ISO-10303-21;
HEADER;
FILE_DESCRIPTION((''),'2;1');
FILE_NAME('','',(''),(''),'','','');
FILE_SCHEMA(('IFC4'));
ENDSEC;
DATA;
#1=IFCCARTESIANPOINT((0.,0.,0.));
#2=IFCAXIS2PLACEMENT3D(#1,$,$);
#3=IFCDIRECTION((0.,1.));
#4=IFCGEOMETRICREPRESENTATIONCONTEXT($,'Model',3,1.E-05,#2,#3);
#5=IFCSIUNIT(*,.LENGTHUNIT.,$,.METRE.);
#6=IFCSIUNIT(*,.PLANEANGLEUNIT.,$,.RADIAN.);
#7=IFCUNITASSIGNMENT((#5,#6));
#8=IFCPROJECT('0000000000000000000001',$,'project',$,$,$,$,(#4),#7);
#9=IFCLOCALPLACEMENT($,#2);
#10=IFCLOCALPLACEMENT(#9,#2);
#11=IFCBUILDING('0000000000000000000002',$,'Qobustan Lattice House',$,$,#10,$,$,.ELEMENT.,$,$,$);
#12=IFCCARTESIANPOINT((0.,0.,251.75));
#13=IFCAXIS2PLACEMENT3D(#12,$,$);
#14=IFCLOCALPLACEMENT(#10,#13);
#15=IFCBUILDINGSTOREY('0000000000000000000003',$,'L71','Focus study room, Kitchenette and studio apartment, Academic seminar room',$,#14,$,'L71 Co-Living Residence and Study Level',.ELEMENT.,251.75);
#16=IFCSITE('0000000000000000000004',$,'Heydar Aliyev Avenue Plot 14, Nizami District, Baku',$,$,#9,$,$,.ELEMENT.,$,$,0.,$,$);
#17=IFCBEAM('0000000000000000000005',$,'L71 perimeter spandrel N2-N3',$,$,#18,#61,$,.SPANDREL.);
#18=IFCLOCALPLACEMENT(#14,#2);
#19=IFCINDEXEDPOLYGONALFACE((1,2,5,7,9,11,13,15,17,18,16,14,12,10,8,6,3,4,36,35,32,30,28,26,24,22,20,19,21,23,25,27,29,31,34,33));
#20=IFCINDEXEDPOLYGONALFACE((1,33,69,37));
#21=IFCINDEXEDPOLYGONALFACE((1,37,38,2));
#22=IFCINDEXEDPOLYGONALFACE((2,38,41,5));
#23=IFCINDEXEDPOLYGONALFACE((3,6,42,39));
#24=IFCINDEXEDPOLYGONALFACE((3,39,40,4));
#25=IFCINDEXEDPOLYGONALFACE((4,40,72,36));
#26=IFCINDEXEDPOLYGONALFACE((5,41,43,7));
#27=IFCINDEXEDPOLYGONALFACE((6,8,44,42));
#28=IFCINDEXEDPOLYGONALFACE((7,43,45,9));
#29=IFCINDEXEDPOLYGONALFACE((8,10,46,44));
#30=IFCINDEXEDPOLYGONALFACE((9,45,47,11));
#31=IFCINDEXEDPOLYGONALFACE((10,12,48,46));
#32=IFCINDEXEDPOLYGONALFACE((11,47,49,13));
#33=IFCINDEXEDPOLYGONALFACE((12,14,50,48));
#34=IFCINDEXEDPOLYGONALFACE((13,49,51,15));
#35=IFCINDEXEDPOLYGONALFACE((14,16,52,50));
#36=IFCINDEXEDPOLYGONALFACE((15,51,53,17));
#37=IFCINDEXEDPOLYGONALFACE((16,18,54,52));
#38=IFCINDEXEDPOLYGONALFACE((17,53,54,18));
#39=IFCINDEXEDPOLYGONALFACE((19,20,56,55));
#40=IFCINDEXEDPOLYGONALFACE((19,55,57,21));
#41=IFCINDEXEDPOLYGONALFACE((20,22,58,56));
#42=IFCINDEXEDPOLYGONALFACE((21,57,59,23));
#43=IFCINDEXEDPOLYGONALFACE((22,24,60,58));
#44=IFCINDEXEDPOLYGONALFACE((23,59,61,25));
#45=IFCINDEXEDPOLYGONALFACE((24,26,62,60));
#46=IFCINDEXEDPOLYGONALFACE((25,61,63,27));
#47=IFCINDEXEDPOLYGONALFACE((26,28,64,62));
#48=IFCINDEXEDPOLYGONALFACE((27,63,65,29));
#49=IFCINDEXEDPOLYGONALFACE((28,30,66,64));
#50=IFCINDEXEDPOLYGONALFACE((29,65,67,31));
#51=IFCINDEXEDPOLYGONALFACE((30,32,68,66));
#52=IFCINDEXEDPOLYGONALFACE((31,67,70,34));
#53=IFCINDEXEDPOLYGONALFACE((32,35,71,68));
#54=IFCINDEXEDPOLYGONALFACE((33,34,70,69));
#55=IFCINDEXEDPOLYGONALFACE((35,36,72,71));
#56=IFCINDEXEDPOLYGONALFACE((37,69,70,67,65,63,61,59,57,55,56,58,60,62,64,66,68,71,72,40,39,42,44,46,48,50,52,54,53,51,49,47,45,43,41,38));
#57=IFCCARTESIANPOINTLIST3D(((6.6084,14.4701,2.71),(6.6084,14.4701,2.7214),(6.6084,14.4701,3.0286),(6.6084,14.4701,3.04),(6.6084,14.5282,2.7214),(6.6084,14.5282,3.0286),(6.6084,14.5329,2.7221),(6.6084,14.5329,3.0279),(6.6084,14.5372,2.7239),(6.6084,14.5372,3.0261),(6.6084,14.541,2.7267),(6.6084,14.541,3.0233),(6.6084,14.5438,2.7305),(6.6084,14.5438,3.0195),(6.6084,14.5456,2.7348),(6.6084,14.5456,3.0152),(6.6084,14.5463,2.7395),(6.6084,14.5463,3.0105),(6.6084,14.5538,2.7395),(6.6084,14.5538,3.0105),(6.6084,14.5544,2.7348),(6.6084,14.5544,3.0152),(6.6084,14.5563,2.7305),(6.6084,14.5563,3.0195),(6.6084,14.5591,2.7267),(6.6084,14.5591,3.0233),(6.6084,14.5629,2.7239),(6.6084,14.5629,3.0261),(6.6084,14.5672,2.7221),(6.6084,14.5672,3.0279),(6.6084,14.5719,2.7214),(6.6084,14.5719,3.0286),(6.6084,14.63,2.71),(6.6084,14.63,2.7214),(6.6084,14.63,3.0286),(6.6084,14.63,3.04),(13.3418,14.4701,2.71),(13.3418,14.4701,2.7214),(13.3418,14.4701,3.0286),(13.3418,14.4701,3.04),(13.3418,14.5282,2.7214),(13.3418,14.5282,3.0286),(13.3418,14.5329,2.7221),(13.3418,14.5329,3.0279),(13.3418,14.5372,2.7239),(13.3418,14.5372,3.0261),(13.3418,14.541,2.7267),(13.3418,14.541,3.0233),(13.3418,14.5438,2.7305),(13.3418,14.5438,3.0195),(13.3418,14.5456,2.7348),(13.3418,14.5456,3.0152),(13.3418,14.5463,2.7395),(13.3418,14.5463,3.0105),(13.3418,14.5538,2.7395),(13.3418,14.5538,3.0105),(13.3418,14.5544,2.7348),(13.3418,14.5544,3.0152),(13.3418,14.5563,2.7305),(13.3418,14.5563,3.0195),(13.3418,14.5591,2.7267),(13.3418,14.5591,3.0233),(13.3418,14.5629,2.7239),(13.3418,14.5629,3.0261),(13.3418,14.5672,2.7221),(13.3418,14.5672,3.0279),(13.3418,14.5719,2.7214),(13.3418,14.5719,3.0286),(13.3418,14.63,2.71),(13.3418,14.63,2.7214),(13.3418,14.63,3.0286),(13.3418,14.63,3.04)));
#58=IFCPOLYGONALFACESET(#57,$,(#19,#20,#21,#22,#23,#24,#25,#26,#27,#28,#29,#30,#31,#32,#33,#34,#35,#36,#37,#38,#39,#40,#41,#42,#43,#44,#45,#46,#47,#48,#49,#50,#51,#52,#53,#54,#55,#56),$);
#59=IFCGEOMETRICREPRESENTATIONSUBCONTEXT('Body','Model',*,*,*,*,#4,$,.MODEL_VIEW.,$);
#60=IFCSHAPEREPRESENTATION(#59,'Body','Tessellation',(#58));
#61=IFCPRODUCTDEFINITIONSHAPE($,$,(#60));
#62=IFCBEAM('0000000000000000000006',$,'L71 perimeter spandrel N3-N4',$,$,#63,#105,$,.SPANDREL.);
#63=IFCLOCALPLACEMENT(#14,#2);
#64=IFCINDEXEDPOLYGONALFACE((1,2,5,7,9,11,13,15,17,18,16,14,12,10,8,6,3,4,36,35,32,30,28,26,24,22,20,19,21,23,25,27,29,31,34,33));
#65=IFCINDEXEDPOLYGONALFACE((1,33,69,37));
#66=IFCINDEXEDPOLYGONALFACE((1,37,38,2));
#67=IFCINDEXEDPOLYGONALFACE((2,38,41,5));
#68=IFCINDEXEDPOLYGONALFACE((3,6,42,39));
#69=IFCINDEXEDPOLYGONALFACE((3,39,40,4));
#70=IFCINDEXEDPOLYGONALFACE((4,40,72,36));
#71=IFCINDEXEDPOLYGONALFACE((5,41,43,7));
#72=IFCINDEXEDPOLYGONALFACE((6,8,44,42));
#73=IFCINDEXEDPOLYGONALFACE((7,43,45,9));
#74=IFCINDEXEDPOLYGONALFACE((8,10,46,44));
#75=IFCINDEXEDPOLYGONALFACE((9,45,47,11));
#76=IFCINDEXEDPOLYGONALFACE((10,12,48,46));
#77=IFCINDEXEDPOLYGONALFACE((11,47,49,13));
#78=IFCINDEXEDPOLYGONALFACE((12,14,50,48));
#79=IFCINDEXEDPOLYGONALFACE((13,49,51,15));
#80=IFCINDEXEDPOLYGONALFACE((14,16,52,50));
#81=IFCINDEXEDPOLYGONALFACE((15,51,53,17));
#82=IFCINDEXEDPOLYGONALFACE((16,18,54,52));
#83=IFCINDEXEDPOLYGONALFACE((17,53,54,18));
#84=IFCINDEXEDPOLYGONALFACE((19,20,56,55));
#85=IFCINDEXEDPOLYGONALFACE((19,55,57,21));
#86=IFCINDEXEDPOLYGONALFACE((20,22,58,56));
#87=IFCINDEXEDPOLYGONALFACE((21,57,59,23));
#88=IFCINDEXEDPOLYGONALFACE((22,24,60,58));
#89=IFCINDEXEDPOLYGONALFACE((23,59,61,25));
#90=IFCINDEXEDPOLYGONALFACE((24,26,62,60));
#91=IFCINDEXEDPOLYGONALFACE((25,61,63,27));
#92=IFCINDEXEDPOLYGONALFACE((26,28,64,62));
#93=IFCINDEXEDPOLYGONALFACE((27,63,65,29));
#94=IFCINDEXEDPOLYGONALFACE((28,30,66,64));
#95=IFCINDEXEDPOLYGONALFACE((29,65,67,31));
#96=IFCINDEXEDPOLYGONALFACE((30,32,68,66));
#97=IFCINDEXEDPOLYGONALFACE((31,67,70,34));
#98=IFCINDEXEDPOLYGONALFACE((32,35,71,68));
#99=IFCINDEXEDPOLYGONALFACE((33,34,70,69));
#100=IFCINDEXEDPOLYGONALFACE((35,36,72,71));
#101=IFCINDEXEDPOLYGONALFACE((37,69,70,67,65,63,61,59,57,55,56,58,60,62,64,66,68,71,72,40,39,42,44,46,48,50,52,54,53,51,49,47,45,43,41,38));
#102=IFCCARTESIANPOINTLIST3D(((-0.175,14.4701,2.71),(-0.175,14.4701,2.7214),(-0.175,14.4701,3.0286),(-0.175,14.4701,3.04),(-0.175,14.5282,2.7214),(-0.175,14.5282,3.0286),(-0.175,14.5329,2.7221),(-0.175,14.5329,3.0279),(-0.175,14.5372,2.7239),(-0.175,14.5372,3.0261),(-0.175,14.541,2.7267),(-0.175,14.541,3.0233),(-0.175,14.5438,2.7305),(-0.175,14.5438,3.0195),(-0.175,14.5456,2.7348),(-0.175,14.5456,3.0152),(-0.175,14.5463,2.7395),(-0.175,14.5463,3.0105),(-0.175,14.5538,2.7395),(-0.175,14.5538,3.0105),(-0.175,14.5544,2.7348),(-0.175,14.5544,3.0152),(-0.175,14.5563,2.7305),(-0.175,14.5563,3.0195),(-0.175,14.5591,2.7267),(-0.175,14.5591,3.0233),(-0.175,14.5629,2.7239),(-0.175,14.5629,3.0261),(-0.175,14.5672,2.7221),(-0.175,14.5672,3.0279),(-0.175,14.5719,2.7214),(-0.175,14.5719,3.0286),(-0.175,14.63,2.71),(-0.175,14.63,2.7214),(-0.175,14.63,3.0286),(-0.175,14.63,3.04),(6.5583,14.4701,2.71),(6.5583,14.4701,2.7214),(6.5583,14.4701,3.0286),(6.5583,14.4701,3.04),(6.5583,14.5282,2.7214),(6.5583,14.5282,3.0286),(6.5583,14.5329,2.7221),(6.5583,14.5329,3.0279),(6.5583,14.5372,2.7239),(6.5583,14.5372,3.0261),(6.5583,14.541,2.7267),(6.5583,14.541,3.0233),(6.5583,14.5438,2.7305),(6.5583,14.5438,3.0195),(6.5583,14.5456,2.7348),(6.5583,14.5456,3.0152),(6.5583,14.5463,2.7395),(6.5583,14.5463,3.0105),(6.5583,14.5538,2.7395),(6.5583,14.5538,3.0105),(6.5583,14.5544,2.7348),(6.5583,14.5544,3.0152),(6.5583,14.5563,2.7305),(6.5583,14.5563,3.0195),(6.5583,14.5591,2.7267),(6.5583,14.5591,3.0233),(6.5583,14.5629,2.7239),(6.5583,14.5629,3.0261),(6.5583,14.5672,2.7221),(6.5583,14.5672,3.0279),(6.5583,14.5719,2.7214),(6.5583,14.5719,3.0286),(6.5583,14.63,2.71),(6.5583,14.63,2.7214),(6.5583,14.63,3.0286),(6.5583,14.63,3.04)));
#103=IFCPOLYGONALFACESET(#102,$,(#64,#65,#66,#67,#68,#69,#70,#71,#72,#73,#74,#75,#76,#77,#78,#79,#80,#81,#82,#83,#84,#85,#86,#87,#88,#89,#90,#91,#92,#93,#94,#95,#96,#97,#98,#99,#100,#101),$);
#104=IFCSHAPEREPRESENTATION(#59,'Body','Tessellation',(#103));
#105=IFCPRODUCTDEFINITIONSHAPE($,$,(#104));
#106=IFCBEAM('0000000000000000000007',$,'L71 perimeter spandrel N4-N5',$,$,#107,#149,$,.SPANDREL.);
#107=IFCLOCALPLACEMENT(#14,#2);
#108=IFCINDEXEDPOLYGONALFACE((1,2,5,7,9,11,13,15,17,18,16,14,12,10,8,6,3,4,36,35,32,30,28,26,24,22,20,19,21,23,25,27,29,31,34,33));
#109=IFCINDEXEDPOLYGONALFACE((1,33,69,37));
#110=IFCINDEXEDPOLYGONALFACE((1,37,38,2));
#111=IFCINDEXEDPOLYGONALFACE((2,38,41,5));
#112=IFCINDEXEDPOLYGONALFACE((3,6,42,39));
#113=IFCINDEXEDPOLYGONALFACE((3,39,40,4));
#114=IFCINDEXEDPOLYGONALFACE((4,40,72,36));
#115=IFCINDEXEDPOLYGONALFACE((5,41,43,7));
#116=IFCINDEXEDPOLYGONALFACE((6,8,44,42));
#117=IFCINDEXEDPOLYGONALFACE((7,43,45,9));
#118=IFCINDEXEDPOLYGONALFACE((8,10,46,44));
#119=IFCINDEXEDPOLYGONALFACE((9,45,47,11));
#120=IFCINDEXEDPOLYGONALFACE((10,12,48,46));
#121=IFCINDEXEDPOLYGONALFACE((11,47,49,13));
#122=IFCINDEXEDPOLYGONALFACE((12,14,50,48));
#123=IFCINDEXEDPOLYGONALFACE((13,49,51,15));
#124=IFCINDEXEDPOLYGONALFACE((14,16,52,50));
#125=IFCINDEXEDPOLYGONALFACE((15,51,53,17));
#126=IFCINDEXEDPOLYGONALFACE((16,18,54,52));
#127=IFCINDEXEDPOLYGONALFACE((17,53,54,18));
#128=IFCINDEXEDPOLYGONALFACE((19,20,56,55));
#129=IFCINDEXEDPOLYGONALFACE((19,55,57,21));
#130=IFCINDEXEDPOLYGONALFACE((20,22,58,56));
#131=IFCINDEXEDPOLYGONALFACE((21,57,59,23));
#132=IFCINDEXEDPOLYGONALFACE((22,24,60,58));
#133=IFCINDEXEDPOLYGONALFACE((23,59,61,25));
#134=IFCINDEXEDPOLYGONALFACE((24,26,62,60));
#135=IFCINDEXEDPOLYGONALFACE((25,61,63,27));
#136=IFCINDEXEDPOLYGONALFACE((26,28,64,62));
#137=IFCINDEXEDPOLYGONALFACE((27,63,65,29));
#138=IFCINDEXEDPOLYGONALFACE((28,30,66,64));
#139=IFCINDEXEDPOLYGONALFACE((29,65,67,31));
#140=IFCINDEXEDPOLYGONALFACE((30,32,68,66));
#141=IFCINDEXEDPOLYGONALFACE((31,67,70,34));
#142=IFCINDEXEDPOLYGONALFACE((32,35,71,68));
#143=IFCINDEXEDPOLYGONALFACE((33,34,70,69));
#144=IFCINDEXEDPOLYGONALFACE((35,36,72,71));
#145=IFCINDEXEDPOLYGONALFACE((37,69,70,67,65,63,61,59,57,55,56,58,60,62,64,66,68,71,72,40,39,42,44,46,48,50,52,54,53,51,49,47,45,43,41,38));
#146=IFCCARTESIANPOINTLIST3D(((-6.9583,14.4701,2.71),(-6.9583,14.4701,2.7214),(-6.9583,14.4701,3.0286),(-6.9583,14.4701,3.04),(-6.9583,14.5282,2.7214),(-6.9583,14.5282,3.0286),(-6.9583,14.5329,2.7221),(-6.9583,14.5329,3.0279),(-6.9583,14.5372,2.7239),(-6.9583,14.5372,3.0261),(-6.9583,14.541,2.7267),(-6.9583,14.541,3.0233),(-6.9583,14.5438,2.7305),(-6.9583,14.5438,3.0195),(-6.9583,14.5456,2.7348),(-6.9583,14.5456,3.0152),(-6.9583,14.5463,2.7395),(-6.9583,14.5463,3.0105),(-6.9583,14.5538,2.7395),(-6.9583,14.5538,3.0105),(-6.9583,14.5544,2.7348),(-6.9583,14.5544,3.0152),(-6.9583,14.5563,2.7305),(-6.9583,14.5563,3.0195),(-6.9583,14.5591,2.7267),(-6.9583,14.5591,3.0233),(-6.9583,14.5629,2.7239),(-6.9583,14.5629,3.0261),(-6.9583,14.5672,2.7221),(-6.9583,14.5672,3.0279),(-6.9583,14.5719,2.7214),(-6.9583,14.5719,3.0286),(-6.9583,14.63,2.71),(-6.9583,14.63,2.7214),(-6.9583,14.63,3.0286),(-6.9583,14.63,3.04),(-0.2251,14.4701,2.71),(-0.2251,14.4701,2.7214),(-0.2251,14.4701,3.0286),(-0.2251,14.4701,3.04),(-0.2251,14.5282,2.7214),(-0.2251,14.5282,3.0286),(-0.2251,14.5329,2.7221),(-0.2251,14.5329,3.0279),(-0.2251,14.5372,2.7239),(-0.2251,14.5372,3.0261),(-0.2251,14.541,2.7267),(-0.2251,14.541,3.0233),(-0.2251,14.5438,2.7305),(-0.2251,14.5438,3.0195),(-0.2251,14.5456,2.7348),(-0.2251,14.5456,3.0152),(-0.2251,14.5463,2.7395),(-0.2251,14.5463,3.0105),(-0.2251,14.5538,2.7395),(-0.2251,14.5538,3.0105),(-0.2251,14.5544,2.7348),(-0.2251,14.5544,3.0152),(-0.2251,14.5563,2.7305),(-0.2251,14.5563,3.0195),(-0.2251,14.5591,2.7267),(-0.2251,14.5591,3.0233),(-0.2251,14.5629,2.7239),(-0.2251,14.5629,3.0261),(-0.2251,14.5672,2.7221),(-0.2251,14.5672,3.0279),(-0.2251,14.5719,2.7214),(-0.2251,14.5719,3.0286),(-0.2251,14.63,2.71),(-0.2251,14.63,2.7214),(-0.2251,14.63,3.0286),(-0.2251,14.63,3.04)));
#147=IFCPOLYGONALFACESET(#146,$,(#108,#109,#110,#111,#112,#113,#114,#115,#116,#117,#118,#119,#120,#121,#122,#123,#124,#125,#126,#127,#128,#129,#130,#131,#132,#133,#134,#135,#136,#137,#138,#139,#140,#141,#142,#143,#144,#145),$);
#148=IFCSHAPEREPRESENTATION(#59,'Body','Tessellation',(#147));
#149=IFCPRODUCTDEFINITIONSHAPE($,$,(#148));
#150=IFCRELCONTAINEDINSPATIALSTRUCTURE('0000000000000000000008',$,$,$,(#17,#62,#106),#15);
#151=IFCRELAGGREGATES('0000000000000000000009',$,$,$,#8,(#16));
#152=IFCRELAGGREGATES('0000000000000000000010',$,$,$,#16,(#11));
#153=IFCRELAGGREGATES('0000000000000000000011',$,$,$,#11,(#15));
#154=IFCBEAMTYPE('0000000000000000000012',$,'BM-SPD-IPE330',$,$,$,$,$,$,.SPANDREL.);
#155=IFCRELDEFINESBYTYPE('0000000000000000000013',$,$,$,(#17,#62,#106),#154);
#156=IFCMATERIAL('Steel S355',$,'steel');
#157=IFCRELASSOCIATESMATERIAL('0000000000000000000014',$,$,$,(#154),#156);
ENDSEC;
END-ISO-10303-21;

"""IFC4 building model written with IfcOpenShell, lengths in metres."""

from ifc_helpers import new_model, si_unit, direction, frame, origin, origin_2d, place, context, subcontext, project, spatial, i_section, extrude, material, material_profile, profile_set, type_object, element, save


model = new_model("IFC4")

# Units and contexts
model_context = context("Model", 3, precision=1e-05, world=origin(), true_north=direction((0.0, 1.0)))
body_context = subcontext(model_context, "Body", "Model", "MODEL_VIEW")
ifc_project = project(units=[si_unit("LENGTHUNIT", "METRE"), si_unit("PLANEANGLEUNIT", "RADIAN")], contexts=[model_context])

# Site, building, storey
site_placement = place(None, origin())
site = spatial("IfcSite", under=ifc_project, at=site_placement, Name="Heydar Aliyev Avenue Plot 14, Nizami District, Baku", CompositionType="ELEMENT", RefElevation=0.0)
building_placement = place(site_placement, origin())
building = spatial("IfcBuilding", under=site, at=building_placement, Name="Qobustan Lattice House", CompositionType="ELEMENT")
storey_placement = place(building_placement, frame((0.0, 0.0, 251.75)))
storey = spatial("IfcBuildingStorey", under=building, at=storey_placement, Name="L71", Description="Focus study room, Kitchenette and studio apartment, Academic seminar room", LongName="L71 Co-Living Residence and Study Level", CompositionType="ELEMENT", Elevation=251.75)

# Beams
ifc_material_1 = material(Name="Steel S355", Category="steel")
ifc_material_profile_1 = material_profile(ifc_material_1, i_section(OverallWidth=0.1599, OverallDepth=0.3301, WebThickness=0.0076, FlangeThickness=0.0115, FilletRadius=0.0181, at=origin_2d()), Name="IPE330")
ifc_profile_set_1 = profile_set([ifc_material_profile_1], Name="Steel S355")
beam_type_1 = type_object("IfcBeamType", Name="BM-SPD-IPE330", PredefinedType="SPANDREL", material=ifc_profile_set_1)
for number, where, z_axis, x_axis, name in (
    (1, (13.3418, 14.55, 2.875), (-1.0, 0.0, 0.0), (0.0, -1.0, 0.0), "L71 perimeter spandrel N2-N3"),
    (2, (6.5583, 14.55, 2.875), (-1.0, 0.0, 0.0), (0.0, -1.0, 0.0), "L71 perimeter spandrel N3-N4"),
):
    element("IfcBeam", number, at=place(storey_placement, frame(where, z_axis=z_axis, x_axis=x_axis)), inside=storey, type_object=beam_type_1, Name=name, PredefinedType="SPANDREL", context=body_context, shape_type="SweptSolid", body=[
        extrude(i_section(OverallWidth=0.1599, OverallDepth=0.3301, WebThickness=0.0076, FlangeThickness=0.0115, FilletRadius=0.0181, at=origin_2d()), origin(), (0.0, 0.0, 1.0), 6.7334),
    ])
beam_1_placement = place(storey_placement, frame((-0.2251, 14.55, 2.875), z_axis=(-1.0, 0.0, 0.0), x_axis=(0.0, -1.0, 0.0)))
element("IfcBeam", 3, at=beam_1_placement, inside=storey, type_object=beam_type_1, Name="L71 perimeter spandrel N4-N5", PredefinedType="SPANDREL", context=body_context, shape_type="SweptSolid", body=[
    extrude(i_section(OverallWidth=0.1599, OverallDepth=0.3301, WebThickness=0.0076, FlangeThickness=0.0115, FilletRadius=0.0181, at=origin_2d()), origin(), (0.0, 0.0, 1.0), 6.7332),
])

save(model, "model.ifc")
